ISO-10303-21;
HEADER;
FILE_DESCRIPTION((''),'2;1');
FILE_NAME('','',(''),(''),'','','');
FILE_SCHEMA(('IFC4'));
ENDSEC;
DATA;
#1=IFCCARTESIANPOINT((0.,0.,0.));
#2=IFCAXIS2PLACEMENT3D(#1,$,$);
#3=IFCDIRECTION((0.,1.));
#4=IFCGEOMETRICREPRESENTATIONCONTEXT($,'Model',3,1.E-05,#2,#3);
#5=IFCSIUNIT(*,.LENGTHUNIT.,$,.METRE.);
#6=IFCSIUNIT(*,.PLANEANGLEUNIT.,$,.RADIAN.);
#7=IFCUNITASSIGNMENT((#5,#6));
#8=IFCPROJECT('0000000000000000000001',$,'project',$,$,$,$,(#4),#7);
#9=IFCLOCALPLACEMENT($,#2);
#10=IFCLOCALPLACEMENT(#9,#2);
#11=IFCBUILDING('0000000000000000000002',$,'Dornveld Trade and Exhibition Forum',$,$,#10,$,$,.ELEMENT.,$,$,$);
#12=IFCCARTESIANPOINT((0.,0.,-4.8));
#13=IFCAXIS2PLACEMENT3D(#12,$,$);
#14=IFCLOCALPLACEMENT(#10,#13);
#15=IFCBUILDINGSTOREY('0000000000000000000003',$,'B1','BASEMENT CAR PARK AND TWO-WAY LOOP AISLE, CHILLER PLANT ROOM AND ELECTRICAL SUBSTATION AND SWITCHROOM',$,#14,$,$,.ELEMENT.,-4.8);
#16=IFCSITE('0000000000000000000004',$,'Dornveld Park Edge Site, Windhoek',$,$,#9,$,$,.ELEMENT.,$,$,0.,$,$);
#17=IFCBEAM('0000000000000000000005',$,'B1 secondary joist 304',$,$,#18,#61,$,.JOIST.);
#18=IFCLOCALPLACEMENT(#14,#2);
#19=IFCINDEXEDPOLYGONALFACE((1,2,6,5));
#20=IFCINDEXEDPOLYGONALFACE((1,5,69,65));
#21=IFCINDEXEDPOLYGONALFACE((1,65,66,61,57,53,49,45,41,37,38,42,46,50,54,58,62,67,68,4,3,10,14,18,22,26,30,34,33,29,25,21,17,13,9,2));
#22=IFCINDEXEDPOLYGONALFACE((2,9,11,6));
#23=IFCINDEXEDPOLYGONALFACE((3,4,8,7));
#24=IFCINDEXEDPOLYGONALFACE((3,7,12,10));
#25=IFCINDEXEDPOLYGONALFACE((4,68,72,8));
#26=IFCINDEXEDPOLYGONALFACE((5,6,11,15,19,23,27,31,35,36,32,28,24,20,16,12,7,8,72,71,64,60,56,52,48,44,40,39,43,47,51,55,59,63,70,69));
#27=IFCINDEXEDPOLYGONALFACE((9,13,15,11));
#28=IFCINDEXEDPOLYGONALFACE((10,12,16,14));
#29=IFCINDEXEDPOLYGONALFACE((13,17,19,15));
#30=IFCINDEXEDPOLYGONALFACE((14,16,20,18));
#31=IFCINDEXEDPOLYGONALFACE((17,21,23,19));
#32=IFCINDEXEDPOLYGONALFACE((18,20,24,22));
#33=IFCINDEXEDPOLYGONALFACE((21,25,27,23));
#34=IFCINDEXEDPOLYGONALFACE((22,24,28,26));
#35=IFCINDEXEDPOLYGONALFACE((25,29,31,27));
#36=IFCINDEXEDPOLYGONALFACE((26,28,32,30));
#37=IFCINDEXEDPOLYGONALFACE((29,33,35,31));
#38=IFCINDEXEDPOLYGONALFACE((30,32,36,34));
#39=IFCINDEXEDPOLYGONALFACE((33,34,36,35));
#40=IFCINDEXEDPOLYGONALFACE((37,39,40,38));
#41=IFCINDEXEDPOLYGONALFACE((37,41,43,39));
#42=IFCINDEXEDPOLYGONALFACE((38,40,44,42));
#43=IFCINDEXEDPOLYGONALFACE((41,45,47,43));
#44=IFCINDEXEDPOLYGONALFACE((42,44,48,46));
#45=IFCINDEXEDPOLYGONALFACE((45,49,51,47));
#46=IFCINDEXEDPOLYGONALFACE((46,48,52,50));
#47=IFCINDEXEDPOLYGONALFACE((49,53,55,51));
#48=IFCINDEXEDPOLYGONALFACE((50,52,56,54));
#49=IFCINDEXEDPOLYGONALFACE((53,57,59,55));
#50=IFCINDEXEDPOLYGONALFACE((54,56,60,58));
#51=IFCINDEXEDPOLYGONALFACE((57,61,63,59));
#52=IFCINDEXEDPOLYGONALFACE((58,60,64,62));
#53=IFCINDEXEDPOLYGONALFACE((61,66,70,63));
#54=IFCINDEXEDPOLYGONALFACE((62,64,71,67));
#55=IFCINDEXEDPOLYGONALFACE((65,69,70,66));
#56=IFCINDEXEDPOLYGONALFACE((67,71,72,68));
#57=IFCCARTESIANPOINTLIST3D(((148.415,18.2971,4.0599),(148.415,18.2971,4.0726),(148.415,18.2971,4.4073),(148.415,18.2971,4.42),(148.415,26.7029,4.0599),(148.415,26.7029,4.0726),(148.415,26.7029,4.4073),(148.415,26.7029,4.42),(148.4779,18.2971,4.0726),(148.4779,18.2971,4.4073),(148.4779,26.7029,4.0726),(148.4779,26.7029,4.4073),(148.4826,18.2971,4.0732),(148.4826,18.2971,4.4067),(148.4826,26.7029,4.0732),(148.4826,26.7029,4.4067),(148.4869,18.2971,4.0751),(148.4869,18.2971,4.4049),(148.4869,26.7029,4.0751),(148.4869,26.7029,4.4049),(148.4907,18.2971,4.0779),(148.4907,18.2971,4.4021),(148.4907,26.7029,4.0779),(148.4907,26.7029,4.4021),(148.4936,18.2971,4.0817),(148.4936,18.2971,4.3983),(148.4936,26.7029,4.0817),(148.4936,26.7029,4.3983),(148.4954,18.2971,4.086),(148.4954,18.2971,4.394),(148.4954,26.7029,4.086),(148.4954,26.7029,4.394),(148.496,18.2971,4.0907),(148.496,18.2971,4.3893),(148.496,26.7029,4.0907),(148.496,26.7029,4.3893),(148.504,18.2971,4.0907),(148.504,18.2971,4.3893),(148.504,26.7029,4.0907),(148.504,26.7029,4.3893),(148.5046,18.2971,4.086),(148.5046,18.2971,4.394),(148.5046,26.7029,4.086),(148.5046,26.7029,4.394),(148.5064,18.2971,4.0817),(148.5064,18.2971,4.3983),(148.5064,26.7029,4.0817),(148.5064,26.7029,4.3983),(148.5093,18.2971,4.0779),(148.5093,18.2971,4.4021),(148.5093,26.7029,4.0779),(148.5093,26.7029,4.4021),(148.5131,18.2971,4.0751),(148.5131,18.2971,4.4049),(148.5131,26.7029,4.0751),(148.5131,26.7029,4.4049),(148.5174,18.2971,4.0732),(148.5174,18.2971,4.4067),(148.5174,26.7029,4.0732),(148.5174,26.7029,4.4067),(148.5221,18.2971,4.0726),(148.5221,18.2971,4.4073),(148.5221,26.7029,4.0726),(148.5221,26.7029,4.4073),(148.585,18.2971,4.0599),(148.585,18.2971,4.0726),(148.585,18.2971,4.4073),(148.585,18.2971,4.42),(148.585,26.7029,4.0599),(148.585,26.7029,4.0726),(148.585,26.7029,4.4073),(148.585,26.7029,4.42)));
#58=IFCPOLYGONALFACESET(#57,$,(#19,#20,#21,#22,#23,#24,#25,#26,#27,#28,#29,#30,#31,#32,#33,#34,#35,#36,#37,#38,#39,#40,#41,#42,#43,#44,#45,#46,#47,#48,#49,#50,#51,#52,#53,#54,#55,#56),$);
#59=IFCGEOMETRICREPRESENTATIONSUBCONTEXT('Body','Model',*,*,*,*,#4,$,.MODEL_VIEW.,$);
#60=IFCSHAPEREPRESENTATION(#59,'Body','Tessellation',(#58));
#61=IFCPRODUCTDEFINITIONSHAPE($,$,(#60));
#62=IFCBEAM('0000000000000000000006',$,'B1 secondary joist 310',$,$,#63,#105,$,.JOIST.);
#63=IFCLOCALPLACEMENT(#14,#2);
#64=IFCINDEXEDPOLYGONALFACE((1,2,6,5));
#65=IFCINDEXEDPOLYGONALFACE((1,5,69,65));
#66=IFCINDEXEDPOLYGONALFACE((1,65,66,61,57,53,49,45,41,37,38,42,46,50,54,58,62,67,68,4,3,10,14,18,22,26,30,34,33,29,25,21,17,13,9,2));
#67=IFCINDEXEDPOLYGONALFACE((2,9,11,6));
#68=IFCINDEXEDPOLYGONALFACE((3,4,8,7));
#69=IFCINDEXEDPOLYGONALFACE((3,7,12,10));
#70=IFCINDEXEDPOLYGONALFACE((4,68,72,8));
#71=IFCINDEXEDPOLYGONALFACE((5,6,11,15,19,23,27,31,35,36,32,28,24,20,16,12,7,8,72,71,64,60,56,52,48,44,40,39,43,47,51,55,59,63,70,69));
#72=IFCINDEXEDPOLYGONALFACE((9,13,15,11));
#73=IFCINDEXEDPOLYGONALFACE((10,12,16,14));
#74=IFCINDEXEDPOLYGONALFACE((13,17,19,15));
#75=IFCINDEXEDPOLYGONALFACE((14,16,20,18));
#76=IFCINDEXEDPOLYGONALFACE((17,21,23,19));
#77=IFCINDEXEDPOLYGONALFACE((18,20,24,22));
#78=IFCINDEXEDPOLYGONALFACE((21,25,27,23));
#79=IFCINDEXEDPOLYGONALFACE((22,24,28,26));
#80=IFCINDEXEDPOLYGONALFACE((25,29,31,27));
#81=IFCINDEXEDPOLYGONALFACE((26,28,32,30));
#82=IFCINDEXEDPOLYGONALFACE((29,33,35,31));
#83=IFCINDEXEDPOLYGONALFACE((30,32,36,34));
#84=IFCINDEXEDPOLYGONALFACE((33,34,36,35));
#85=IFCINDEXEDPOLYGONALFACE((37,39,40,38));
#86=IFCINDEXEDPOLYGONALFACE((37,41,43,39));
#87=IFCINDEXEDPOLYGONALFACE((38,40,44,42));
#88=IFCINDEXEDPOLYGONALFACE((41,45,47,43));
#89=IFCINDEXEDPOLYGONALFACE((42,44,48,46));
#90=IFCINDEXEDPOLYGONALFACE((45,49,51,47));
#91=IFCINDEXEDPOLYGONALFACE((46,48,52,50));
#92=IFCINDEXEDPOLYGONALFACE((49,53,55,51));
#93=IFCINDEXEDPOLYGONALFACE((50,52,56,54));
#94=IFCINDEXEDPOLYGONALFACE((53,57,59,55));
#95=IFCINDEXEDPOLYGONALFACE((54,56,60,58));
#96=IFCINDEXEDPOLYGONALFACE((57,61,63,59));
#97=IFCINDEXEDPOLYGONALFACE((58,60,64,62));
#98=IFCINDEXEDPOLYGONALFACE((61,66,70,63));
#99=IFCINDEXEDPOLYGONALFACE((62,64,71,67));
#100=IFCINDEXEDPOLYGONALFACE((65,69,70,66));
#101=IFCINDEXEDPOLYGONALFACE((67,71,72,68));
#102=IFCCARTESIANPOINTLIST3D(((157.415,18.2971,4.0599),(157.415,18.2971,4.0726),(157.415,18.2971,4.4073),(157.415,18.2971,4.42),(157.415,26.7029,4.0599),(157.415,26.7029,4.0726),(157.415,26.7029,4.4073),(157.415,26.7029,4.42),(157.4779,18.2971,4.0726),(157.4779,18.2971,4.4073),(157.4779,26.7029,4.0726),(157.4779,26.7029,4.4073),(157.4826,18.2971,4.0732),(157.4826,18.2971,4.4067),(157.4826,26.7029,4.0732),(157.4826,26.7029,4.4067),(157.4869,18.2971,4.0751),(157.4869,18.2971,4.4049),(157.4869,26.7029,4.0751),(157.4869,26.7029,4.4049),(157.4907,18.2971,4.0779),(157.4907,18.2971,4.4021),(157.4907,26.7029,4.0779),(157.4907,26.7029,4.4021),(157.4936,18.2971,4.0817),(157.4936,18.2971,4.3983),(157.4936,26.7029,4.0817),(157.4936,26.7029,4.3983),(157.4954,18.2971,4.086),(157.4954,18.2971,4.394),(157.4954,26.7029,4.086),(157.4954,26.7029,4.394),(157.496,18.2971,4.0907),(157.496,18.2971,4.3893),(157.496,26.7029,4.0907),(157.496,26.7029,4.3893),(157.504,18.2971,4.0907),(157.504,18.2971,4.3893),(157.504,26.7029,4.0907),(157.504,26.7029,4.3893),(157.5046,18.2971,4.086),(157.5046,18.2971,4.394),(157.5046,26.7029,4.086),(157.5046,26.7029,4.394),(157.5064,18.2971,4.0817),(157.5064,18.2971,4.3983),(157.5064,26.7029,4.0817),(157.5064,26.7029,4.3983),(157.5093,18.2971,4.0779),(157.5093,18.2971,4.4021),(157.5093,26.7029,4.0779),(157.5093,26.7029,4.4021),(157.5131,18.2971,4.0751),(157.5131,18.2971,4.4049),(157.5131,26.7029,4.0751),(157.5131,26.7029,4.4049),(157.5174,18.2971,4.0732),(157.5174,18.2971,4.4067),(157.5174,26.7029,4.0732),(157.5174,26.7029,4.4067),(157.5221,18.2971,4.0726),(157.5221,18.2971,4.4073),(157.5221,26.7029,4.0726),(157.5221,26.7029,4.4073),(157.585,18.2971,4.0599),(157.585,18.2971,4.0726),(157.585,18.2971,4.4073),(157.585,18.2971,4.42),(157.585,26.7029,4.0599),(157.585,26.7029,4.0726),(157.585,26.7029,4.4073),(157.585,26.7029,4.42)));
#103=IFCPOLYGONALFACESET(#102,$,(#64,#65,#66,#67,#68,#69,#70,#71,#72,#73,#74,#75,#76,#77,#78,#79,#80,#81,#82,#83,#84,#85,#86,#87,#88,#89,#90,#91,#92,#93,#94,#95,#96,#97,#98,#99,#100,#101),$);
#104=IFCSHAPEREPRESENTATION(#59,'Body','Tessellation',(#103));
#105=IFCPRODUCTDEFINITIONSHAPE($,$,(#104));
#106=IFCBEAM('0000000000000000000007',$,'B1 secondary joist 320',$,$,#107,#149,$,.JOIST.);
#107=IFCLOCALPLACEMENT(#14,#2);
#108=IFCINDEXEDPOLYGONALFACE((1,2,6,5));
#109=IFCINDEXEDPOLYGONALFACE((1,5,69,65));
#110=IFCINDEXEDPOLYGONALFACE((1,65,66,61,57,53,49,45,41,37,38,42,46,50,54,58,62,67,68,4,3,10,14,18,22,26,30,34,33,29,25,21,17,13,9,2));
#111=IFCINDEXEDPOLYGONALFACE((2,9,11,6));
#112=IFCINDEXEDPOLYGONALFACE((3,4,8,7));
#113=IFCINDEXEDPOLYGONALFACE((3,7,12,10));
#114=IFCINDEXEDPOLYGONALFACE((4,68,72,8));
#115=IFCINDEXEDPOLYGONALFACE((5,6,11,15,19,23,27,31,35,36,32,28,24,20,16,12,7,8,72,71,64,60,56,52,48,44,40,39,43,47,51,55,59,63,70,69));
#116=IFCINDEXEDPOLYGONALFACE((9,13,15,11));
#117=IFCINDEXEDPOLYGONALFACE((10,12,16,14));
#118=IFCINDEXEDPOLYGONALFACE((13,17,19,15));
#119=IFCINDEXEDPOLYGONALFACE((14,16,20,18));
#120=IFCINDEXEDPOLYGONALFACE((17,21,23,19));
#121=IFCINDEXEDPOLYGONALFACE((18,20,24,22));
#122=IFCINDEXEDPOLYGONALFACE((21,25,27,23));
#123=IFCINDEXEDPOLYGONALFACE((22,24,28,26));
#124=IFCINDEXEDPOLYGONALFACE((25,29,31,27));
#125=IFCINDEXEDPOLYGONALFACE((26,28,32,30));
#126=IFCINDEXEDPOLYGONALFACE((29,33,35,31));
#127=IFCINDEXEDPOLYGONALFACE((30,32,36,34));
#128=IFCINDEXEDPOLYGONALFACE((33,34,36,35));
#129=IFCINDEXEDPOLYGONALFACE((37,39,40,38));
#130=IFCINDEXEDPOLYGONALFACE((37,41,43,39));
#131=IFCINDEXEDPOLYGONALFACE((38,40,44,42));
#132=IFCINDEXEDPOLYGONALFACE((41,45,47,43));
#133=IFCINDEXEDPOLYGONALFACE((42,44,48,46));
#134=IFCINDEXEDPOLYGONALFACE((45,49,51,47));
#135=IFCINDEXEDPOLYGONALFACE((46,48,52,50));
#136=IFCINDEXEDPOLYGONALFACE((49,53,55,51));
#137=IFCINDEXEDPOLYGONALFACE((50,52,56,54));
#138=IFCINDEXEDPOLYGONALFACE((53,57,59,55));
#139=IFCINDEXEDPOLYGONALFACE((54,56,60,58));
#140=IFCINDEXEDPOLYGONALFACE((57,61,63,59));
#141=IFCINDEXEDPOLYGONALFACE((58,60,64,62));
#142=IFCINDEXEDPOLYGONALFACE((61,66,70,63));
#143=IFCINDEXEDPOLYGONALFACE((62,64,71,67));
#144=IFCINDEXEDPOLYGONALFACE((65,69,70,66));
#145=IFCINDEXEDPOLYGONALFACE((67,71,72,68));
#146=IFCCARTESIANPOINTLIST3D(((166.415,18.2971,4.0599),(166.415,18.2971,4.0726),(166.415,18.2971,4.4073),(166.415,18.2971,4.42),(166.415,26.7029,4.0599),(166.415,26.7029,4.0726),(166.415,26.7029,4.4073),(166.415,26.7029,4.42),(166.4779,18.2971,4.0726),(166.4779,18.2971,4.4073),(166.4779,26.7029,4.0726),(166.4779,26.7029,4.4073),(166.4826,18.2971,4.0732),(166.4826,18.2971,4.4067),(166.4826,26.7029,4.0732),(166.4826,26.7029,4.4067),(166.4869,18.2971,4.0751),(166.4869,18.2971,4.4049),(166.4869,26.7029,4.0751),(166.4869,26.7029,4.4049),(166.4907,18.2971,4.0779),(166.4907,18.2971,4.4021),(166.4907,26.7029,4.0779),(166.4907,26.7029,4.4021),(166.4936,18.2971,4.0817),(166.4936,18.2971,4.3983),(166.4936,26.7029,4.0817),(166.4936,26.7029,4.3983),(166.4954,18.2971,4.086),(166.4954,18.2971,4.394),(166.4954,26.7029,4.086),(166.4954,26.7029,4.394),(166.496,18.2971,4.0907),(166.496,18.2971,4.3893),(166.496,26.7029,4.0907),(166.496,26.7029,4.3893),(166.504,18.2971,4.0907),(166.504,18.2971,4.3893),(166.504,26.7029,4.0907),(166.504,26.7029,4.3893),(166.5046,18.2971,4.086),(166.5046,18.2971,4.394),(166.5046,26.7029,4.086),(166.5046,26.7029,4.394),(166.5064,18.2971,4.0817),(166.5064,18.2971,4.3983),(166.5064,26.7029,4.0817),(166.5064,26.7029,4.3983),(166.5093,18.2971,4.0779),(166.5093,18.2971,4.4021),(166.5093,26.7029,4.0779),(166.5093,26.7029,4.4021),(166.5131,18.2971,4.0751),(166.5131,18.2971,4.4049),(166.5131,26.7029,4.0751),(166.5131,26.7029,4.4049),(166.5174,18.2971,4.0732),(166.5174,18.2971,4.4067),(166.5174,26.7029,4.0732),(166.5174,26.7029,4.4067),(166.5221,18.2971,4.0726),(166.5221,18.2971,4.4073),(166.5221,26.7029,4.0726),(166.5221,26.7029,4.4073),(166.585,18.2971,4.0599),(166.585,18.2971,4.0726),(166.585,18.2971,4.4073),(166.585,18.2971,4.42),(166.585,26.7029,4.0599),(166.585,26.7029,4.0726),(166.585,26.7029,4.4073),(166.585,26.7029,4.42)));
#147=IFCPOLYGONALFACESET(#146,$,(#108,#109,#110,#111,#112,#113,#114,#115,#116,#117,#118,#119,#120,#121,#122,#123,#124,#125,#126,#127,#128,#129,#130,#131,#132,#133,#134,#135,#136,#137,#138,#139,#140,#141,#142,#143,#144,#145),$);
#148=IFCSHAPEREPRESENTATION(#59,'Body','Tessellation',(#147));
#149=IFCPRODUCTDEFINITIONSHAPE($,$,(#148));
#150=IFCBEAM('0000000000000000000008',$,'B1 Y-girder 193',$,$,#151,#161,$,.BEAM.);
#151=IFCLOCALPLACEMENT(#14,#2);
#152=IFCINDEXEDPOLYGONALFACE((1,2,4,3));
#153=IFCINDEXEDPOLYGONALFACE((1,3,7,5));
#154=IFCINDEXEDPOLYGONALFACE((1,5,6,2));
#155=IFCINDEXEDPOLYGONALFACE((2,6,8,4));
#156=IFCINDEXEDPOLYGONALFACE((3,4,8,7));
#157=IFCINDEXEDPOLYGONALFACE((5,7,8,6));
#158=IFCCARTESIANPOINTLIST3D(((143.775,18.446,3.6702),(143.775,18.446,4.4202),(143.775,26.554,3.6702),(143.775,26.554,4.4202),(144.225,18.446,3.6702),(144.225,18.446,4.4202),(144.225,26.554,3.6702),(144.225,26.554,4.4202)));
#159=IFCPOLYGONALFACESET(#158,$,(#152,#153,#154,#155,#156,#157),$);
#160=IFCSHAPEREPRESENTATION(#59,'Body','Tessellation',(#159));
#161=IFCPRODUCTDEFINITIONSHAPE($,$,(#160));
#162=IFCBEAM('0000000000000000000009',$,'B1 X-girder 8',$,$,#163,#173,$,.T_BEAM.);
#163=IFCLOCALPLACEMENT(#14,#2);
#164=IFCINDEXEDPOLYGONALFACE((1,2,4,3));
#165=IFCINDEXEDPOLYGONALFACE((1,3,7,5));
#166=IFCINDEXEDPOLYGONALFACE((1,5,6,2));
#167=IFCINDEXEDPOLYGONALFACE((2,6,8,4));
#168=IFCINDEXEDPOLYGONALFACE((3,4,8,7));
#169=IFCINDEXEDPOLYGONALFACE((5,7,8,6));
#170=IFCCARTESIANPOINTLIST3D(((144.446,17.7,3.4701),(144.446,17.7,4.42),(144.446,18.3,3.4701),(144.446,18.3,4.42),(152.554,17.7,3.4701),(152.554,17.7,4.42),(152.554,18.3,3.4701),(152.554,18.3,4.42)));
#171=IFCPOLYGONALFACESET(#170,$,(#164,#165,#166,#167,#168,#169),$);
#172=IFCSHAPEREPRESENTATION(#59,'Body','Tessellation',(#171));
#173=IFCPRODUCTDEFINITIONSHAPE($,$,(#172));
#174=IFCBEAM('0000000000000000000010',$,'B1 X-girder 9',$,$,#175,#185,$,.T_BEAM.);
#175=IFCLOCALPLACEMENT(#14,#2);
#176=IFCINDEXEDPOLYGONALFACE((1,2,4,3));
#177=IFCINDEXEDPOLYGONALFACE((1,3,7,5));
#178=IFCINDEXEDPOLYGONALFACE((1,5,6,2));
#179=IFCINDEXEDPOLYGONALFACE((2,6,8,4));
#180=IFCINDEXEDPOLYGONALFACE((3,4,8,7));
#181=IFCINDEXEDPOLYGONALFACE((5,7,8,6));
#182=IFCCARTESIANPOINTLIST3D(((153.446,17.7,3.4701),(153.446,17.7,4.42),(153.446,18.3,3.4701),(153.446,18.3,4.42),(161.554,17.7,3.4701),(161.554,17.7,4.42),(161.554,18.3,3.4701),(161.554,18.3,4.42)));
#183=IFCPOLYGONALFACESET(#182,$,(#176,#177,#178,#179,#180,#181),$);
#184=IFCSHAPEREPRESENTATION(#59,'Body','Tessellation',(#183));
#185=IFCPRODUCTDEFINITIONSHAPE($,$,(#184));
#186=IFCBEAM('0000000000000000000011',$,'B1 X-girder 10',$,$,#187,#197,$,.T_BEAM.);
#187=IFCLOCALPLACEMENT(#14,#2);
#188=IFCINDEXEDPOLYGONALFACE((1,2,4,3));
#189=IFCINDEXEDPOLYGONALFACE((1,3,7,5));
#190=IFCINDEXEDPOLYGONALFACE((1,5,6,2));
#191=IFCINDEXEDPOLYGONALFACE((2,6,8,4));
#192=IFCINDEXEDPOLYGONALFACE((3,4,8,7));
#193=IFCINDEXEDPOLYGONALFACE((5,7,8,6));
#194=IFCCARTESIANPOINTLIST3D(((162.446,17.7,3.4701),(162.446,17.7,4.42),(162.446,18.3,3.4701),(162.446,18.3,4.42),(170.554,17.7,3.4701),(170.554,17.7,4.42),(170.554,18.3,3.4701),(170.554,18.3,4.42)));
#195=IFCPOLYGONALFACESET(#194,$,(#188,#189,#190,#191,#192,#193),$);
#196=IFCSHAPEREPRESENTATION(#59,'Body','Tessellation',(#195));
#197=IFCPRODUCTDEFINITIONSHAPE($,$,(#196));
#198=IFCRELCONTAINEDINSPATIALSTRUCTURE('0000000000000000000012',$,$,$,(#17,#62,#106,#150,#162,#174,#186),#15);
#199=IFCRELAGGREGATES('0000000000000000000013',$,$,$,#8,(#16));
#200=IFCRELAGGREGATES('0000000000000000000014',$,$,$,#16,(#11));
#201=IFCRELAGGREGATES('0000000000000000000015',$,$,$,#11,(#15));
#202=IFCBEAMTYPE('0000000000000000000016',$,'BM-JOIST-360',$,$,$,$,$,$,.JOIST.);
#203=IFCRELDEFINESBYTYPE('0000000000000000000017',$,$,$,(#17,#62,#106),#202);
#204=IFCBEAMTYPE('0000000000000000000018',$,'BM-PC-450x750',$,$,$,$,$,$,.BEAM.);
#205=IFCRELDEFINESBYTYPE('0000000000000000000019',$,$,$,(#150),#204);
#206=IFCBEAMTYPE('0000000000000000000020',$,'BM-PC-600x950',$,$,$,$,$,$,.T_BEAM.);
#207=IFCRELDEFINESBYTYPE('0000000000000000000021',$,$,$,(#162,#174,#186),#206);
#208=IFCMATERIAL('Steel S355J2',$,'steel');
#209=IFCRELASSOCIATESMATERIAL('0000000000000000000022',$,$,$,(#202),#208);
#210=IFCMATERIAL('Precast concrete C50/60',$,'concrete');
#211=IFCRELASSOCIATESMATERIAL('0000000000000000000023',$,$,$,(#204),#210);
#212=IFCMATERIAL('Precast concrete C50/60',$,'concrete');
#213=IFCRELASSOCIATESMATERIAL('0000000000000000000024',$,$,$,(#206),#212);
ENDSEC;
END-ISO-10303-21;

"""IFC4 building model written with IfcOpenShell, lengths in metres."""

from ifc_helpers import new_model, si_unit, direction, frame, origin, origin_2d, place, context, subcontext, project, spatial, rectangle, i_section, extrude, material, material_profile, profile_set, type_object, element, save


model = new_model("IFC4")

# Units and contexts
model_context = context("Model", 3, precision=1e-05, world=origin(), true_north=direction((0.0, 1.0)))
body_context = subcontext(model_context, "Body", "Model", "MODEL_VIEW")
ifc_project = project(units=[si_unit("LENGTHUNIT", "METRE"), si_unit("PLANEANGLEUNIT", "RADIAN")], contexts=[model_context])

# Site, building, storey
site_placement = place(None, origin())
site = spatial("IfcSite", under=ifc_project, at=site_placement, Name="Dornveld Park Edge Site, Windhoek", CompositionType="ELEMENT", RefElevation=0.0)
building_placement = place(site_placement, origin())
building = spatial("IfcBuilding", under=site, at=building_placement, Name="Dornveld Trade and Exhibition Forum", CompositionType="ELEMENT")
storey_placement = place(building_placement, frame((0.0, 0.0, -4.8)))
storey = spatial("IfcBuildingStorey", under=building, at=storey_placement, Name="B1", Description="BASEMENT CAR PARK AND TWO-WAY LOOP AISLE, CHILLER PLANT ROOM AND ELECTRICAL SUBSTATION AND SWITCHROOM", CompositionType="ELEMENT", Elevation=-4.8)

# Beams
ifc_material_1 = material(Name="Steel S355J2", Category="steel")
ifc_material_profile_1 = material_profile(ifc_material_1, i_section(OverallWidth=0.1699, OverallDepth=0.3601, WebThickness=0.0081, FlangeThickness=0.0127, FilletRadius=0.0181, at=origin_2d()), Name="IPE 360")
ifc_profile_set_1 = profile_set([ifc_material_profile_1], Name="Steel S355J2")
beam_type_1 = type_object("IfcBeamType", Name="BM-JOIST-360", PredefinedType="JOIST", material=ifc_profile_set_1)
for number, where, z_axis, x_axis, name in (
    (1, (148.5, 18.2971, 4.24), (0.0, 1.0, 0.0), (-1.0, 0.0, 0.0), "B1 secondary joist 304"),
    (2, (157.5, 18.2971, 4.24), (0.0, 1.0, 0.0), (-1.0, 0.0, 0.0), "B1 secondary joist 310"),
    (3, (166.5, 18.2971, 4.24), (0.0, 1.0, 0.0), (-1.0, 0.0, 0.0), "B1 secondary joist 320"),
):
    element("IfcBeam", number, at=place(storey_placement, frame(where, z_axis=z_axis, x_axis=x_axis)), inside=storey, type_object=beam_type_1, Name=name, PredefinedType="JOIST", context=body_context, shape_type="SweptSolid", body=[
        extrude(i_section(OverallWidth=0.1699, OverallDepth=0.3601, WebThickness=0.0081, FlangeThickness=0.0127, FilletRadius=0.0181, at=origin_2d()), origin(), (0.0, 0.0, 1.0), 8.4058),
    ])
ifc_material_2 = material(Name="Precast concrete C50/60", Category="concrete")
ifc_material_profile_2 = material_profile(ifc_material_2, rectangle(XDim=0.45, YDim=0.75, at=origin_2d()), Name="PC-BM 450x750")
ifc_profile_set_2 = profile_set([ifc_material_profile_2], Name="Precast concrete C50/60")
beam_type_2 = type_object("IfcBeamType", Name="BM-PC-450x750", PredefinedType="BEAM", material=ifc_profile_set_2)
beam_placement = place(storey_placement, frame((144.0, 18.446, 4.0452), z_axis=(0.0, 1.0, 0.0), x_axis=(-1.0, 0.0, 0.0)))
element("IfcBeam", 4, at=beam_placement, inside=storey, type_object=beam_type_2, Name="B1 Y-girder 193", PredefinedType="BEAM", context=body_context, shape_type="SweptSolid", body=[
    extrude(rectangle(XDim=0.45, YDim=0.75, at=origin_2d()), origin(), (0.0, 0.0, 1.0), 8.1079),
])
ifc_material_3 = material(Name="Precast concrete C50/60", Category="concrete")
ifc_material_profile_3 = material_profile(ifc_material_3, rectangle(XDim=0.6001, YDim=0.95, at=origin_2d()), Name="PC-GIR 600x950")
ifc_profile_set_3 = profile_set([ifc_material_profile_3], Name="Precast concrete C50/60")
beam_type_3 = type_object("IfcBeamType", Name="BM-PC-600x950", PredefinedType="T_BEAM", material=ifc_profile_set_3)
for number, where, z_axis, x_axis, name in (
    (5, (144.446, 18.0, 3.9451), (1.0, 0.0, 0.0), (0.0, 1.0, 0.0), "B1 X-girder 8"),
    (6, (153.446, 18.0, 3.9451), (1.0, 0.0, 0.0), (0.0, 1.0, 0.0), "B1 X-girder 9"),
    (7, (162.446, 18.0, 3.9451), (1.0, 0.0, 0.0), (0.0, 1.0, 0.0), "B1 X-girder 10"),
):
    element("IfcBeam", number, at=place(storey_placement, frame(where, z_axis=z_axis, x_axis=x_axis)), inside=storey, type_object=beam_type_3, Name=name, PredefinedType="T_BEAM", context=body_context, shape_type="SweptSolid", body=[
        extrude(rectangle(XDim=0.6001, YDim=0.95, at=origin_2d()), origin(), (0.0, 0.0, 1.0), 8.1079),
    ])

save(model, "model.ifc")
